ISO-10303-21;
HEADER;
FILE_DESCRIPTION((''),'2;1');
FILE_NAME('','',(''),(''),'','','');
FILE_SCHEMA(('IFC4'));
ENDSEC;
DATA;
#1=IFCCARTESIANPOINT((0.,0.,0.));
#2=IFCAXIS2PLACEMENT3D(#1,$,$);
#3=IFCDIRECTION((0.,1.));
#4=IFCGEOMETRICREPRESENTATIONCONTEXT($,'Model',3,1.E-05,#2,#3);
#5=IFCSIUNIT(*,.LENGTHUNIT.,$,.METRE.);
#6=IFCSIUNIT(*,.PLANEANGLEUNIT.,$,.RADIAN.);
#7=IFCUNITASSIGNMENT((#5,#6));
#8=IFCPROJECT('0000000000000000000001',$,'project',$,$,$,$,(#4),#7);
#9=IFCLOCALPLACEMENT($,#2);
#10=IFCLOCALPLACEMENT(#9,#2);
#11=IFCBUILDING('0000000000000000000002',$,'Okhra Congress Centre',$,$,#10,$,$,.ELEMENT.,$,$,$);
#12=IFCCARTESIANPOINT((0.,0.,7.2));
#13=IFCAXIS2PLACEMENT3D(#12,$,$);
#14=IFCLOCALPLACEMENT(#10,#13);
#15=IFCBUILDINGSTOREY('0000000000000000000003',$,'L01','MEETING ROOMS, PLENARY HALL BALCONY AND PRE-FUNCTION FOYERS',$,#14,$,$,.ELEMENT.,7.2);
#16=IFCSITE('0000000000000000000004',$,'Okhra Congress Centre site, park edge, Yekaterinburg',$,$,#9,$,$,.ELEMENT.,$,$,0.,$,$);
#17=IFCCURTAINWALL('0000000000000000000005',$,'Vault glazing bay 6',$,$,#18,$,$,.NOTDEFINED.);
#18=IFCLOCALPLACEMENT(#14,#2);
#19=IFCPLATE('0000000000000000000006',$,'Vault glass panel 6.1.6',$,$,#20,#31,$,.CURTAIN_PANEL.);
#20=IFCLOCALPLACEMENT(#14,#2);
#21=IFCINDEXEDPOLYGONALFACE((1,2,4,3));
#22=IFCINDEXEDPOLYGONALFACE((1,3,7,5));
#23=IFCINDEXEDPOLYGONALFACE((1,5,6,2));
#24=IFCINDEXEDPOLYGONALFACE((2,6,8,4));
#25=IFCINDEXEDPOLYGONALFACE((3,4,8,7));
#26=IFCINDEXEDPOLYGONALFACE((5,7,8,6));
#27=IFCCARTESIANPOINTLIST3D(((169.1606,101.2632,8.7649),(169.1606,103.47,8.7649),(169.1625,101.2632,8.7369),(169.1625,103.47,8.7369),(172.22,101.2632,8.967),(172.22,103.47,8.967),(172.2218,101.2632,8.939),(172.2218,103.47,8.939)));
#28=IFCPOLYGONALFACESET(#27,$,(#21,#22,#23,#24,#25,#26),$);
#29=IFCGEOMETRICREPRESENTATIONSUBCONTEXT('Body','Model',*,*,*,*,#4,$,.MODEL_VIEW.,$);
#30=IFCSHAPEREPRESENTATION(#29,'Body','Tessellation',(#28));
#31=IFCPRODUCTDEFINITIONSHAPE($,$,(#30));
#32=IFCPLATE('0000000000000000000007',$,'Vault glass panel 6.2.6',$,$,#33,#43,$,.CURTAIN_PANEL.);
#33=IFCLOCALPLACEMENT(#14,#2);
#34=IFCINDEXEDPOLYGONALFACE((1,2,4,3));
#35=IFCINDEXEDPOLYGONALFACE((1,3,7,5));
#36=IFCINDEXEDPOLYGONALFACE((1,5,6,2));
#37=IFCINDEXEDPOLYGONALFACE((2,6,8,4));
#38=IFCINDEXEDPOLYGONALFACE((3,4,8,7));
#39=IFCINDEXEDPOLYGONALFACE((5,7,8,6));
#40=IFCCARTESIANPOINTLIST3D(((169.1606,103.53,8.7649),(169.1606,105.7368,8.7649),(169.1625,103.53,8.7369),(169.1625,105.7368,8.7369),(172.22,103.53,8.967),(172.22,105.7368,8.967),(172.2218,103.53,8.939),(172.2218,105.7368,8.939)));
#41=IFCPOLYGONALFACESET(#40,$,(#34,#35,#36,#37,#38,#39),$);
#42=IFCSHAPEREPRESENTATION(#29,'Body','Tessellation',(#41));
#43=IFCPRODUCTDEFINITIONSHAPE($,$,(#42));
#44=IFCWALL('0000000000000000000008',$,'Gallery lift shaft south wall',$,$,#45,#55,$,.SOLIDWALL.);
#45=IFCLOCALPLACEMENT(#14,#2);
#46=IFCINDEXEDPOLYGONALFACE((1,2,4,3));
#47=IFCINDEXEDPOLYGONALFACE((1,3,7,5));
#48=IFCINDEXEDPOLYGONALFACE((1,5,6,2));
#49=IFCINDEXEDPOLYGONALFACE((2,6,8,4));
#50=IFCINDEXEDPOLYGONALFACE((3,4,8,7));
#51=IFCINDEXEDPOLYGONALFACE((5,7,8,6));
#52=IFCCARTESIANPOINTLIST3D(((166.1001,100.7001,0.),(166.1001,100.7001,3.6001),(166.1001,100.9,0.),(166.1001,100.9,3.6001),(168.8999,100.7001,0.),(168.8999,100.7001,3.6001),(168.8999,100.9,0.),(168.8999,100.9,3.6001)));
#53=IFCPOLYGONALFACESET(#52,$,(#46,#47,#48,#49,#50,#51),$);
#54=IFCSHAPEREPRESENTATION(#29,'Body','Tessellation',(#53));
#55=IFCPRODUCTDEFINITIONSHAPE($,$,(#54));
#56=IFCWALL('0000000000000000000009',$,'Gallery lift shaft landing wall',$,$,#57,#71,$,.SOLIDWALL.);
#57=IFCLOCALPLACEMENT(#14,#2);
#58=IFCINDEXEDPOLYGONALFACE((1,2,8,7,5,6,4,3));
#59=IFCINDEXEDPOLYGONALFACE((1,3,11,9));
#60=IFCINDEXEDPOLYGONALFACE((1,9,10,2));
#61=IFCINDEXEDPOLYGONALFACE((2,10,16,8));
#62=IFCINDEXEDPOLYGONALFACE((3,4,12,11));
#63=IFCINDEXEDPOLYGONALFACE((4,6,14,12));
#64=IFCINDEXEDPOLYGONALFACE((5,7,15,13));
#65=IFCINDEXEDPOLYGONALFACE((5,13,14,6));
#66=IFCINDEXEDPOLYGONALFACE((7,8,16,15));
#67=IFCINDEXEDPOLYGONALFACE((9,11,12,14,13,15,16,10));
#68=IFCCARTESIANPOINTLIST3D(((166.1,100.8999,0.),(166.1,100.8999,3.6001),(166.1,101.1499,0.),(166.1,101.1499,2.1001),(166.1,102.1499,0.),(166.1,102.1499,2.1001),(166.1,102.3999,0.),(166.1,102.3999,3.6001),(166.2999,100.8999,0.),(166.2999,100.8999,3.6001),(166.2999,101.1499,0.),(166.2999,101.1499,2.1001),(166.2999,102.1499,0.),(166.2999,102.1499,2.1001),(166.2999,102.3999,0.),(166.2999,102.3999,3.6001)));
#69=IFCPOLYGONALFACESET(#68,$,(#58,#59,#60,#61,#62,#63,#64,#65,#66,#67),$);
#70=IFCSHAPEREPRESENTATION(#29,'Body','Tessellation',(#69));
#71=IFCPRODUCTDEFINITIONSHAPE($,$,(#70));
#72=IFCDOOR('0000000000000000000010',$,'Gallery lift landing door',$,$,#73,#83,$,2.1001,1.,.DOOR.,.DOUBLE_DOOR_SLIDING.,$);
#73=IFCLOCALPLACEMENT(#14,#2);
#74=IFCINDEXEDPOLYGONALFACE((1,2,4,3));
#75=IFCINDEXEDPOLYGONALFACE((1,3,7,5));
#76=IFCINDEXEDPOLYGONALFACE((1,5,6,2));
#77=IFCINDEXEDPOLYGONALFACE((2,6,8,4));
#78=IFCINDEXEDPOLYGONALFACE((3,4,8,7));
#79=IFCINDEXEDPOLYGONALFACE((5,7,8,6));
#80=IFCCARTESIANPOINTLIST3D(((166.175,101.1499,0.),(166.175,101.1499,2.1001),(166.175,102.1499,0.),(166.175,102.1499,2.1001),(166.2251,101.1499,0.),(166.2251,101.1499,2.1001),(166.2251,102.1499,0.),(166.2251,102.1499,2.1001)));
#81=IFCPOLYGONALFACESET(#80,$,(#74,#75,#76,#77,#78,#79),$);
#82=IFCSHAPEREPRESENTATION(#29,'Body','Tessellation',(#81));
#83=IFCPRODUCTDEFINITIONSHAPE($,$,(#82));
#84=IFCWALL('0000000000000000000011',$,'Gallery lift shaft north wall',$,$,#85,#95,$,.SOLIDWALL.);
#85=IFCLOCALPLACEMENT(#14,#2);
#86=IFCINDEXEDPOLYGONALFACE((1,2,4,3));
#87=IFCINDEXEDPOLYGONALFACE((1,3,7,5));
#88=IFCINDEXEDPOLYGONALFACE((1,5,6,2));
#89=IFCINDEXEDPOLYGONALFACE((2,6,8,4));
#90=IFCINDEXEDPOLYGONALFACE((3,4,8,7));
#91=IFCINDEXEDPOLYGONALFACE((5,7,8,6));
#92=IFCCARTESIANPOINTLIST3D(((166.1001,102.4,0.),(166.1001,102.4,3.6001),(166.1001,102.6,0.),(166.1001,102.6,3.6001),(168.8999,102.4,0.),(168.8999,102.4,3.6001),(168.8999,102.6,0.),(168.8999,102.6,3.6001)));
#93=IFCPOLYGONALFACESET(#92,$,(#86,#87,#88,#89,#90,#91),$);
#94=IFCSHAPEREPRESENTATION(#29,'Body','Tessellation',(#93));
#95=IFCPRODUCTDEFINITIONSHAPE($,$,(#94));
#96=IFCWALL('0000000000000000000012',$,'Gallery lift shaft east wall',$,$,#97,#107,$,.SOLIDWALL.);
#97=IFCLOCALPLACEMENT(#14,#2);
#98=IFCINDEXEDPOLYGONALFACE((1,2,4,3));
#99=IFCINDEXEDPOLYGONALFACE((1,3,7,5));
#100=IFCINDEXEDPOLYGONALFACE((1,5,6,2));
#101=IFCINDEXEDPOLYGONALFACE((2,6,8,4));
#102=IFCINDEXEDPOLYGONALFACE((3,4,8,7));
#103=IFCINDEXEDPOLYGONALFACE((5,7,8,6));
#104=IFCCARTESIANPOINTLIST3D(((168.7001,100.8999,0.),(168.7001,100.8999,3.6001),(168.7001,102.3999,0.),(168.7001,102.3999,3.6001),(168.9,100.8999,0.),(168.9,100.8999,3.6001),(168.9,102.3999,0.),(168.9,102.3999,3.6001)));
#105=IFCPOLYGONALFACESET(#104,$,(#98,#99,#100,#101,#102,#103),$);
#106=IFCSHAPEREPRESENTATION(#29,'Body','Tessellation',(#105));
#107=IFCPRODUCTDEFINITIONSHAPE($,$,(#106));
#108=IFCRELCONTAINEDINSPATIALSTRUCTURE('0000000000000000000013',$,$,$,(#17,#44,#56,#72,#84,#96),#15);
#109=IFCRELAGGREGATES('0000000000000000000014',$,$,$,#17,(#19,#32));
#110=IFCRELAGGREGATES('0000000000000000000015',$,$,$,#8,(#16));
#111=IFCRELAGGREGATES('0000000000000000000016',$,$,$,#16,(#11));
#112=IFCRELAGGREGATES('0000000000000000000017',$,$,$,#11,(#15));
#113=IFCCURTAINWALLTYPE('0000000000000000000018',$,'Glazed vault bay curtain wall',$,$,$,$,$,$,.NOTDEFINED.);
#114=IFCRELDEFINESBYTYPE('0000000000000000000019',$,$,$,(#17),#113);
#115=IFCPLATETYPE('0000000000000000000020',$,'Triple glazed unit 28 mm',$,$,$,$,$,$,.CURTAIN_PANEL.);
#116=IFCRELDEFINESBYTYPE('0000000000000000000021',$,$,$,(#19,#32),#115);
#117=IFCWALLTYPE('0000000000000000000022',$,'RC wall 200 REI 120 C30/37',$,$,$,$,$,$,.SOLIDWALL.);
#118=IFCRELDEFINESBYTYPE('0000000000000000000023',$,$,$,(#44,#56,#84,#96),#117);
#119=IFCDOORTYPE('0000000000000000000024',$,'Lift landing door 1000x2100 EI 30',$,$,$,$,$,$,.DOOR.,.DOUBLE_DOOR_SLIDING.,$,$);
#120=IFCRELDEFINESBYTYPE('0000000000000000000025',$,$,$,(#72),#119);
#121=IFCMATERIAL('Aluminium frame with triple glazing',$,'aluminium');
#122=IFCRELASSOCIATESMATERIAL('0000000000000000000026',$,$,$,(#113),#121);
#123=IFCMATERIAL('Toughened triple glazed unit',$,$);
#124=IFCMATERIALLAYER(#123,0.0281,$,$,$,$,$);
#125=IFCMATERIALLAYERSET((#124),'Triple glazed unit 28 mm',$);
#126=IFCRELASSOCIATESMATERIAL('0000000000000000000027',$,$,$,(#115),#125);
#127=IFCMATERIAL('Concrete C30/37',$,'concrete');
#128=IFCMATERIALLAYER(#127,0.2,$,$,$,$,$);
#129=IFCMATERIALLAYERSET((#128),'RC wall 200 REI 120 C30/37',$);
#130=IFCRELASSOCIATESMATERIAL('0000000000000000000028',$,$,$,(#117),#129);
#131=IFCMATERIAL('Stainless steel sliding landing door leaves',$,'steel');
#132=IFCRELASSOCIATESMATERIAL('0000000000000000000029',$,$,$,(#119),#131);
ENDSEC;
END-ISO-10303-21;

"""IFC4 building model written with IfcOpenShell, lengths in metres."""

from ifc_helpers import new_model, si_unit, direction, frame, frame_2d, origin, place, context, subcontext, project, spatial, polyline, rectangle, outline, extrude, material, layer, layer_set, type_object, element, fill, aggregate, save


model = new_model("IFC4")

# Units and contexts
model_context = context("Model", 3, precision=1e-05, world=origin(), true_north=direction((0.0, 1.0)))
body_context = subcontext(model_context, "Body", "Model", "MODEL_VIEW")
ifc_project = project(units=[si_unit("LENGTHUNIT", "METRE"), si_unit("PLANEANGLEUNIT", "RADIAN")], contexts=[model_context])

# Site, building, storey
site_placement = place(None, origin())
site = spatial("IfcSite", under=ifc_project, at=site_placement, Name="Okhra Congress Centre site, park edge, Yekaterinburg", CompositionType="ELEMENT", RefElevation=0.0)
building_placement = place(site_placement, origin())
building = spatial("IfcBuilding", under=site, at=building_placement, Name="Okhra Congress Centre", CompositionType="ELEMENT")
storey_placement = place(building_placement, frame((0.0, 0.0, 7.2)))
storey = spatial("IfcBuildingStorey", under=building, at=storey_placement, Name="L01", Description="MEETING ROOMS, PLENARY HALL BALCONY AND PRE-FUNCTION FOYERS", CompositionType="ELEMENT", Elevation=7.2)

# Curtain wall
ifc_material_1 = material(Name="Aluminium frame with triple glazing", Category="aluminium")
curtain_wall_type = type_object("IfcCurtainWallType", Name="Glazed vault bay curtain wall", PredefinedType="NOTDEFINED", material=ifc_material_1)
curtain_wall_1_placement = place(storey_placement, origin())
curtain_wall_1 = element("IfcCurtainWall", 1, at=curtain_wall_1_placement, inside=storey, type_object=curtain_wall_type, Name="Vault glazing bay 6", PredefinedType="NOTDEFINED")

# Plates
ifc_material_2 = material(Name="Toughened triple glazed unit")
ifc_layer_1 = layer(ifc_material_2, 0.0281)
ifc_layer_set_1 = layer_set([ifc_layer_1], Name="Triple glazed unit 28 mm")
plate_type = type_object("IfcPlateType", Name="Triple glazed unit 28 mm", PredefinedType="CURTAIN_PANEL", material=ifc_layer_set_1)
plate_1_placement = place(storey_placement, frame((169.1606, 101.2632, 8.7649), z_axis=(-0.065932, 0.0, 0.997824), x_axis=(0.997824, 0.0, 0.065932)))
plate_1 = element("IfcPlate", 2, at=plate_1_placement, type_object=plate_type, Name="Vault glass panel 6.1.6", PredefinedType="CURTAIN_PANEL", context=body_context, shape_type="SweptSolid", body=[
    extrude(outline(polyline([(0.0, 0.0), (3.066, 0.0), (3.066, 2.2068), (0.0, 2.2068), (0.0, 0.0)])), origin(), (0.0, 0.0, -1.0), 0.0281),
])
plate_2_placement = place(storey_placement, frame((169.1606, 103.53, 8.7649), z_axis=(-0.065932, 0.0, 0.997824), x_axis=(0.997824, 0.0, 0.065932)))
plate_2 = element("IfcPlate", 3, at=plate_2_placement, type_object=plate_type, Name="Vault glass panel 6.2.6", PredefinedType="CURTAIN_PANEL", context=body_context, shape_type="SweptSolid", body=[
    extrude(outline(polyline([(0.0, 0.0), (3.066, 0.0), (3.066, 2.2068), (0.0, 2.2068), (0.0, 0.0)])), origin(), (0.0, 0.0, -1.0), 0.0281),
])
aggregate(curtain_wall_1, [plate_1, plate_2])

# Wall
ifc_material_3 = material(Name="Concrete C30/37", Category="concrete")
ifc_layer_2 = layer(ifc_material_3, 0.2)
ifc_layer_set_2 = layer_set([ifc_layer_2], Name="RC wall 200 REI 120 C30/37")
wall_type = type_object("IfcWallType", Name="RC wall 200 REI 120 C30/37", PredefinedType="SOLIDWALL", material=ifc_layer_set_2)
wall_1_placement = place(storey_placement, frame((166.1001, 100.8, 0.0), z_axis=(0.0, 0.0, 1.0), x_axis=(1.0, 0.0, 0.0)))
element("IfcWall", 4, at=wall_1_placement, inside=storey, type_object=wall_type, Name="Gallery lift shaft south wall", PredefinedType="SOLIDWALL", context=body_context, shape_type="SweptSolid", body=[
    extrude(rectangle(XDim=2.7998, YDim=0.2, at=frame_2d((1.3999, 0.0))), origin(), (0.0, 0.0, 1.0), 3.6001),
])

# Wall, opening, door
wall_2_placement = place(storey_placement, frame((166.2, 100.8999, 0.0), z_axis=(0.0, 0.0, 1.0), x_axis=(0.0, 1.0, 0.0)))
wall_2 = element("IfcWall", 5, at=wall_2_placement, inside=storey, type_object=wall_type, Name="Gallery lift shaft landing wall", PredefinedType="SOLIDWALL", context=body_context, shape_type="SweptSolid", body=[
    extrude(rectangle(XDim=1.5, YDim=0.2, at=frame_2d((0.75, 0.0))), origin(), (0.0, 0.0, 1.0), 3.6001),
])
opening_placement = place(wall_2_placement, frame((0.25, 0.0, 0.0)))
opening = element("IfcOpeningElement", 6, at=opening_placement, cuts=wall_2, PredefinedType="OPENING", context=body_context, shape_type="SweptSolid", body=[
    extrude(rectangle(XDim=1.0, YDim=2.1001, at=frame_2d((0.5, 1.05))), frame((0.0, 0.1099, 0.0), z_axis=(0.0, -1.0, 0.0), x_axis=(1.0, 0.0, 0.0)), (0.0, 0.0, 1.0), 0.22),
])
ifc_material_4 = material(Name="Stainless steel sliding landing door leaves", Category="steel")
door_type = type_object("IfcDoorType", Name="Lift landing door 1000x2100 EI 30", OperationType="DOUBLE_DOOR_SLIDING", PredefinedType="DOOR", material=ifc_material_4)
door_placement = place(opening_placement, origin())
door = element("IfcDoor", 7, at=door_placement, inside=storey, type_object=door_type, Name="Gallery lift landing door", OperationType="DOUBLE_DOOR_SLIDING", OverallHeight=2.1001, OverallWidth=1.0, PredefinedType="DOOR", context=body_context, shape_type="SweptSolid", body=[
    extrude(rectangle(XDim=1.0, YDim=2.1001, at=frame_2d((0.5, 1.05))), frame((0.0, 0.0249, 0.0), z_axis=(0.0, -1.0, 0.0), x_axis=(1.0, 0.0, 0.0)), (0.0, 0.0, 1.0), 0.05),
])
fill(opening, door)

# Walls
wall_3_placement = place(storey_placement, frame((166.1001, 102.5, 0.0), z_axis=(0.0, 0.0, 1.0), x_axis=(1.0, 0.0, 0.0)))
element("IfcWall", 8, at=wall_3_placement, inside=storey, type_object=wall_type, Name="Gallery lift shaft north wall", PredefinedType="SOLIDWALL", context=body_context, shape_type="SweptSolid", body=[
    extrude(rectangle(XDim=2.7998, YDim=0.2, at=frame_2d((1.3999, 0.0))), origin(), (0.0, 0.0, 1.0), 3.6001),
])
wall_4_placement = place(storey_placement, frame((168.8, 100.8999, 0.0), z_axis=(0.0, 0.0, 1.0), x_axis=(0.0, 1.0, 0.0)))
element("IfcWall", 9, at=wall_4_placement, inside=storey, type_object=wall_type, Name="Gallery lift shaft east wall", PredefinedType="SOLIDWALL", context=body_context, shape_type="SweptSolid", body=[
    extrude(rectangle(XDim=1.5, YDim=0.2, at=frame_2d((0.75, 0.0))), origin(), (0.0, 0.0, 1.0), 3.6001),
])

save(model, "model.ifc")
